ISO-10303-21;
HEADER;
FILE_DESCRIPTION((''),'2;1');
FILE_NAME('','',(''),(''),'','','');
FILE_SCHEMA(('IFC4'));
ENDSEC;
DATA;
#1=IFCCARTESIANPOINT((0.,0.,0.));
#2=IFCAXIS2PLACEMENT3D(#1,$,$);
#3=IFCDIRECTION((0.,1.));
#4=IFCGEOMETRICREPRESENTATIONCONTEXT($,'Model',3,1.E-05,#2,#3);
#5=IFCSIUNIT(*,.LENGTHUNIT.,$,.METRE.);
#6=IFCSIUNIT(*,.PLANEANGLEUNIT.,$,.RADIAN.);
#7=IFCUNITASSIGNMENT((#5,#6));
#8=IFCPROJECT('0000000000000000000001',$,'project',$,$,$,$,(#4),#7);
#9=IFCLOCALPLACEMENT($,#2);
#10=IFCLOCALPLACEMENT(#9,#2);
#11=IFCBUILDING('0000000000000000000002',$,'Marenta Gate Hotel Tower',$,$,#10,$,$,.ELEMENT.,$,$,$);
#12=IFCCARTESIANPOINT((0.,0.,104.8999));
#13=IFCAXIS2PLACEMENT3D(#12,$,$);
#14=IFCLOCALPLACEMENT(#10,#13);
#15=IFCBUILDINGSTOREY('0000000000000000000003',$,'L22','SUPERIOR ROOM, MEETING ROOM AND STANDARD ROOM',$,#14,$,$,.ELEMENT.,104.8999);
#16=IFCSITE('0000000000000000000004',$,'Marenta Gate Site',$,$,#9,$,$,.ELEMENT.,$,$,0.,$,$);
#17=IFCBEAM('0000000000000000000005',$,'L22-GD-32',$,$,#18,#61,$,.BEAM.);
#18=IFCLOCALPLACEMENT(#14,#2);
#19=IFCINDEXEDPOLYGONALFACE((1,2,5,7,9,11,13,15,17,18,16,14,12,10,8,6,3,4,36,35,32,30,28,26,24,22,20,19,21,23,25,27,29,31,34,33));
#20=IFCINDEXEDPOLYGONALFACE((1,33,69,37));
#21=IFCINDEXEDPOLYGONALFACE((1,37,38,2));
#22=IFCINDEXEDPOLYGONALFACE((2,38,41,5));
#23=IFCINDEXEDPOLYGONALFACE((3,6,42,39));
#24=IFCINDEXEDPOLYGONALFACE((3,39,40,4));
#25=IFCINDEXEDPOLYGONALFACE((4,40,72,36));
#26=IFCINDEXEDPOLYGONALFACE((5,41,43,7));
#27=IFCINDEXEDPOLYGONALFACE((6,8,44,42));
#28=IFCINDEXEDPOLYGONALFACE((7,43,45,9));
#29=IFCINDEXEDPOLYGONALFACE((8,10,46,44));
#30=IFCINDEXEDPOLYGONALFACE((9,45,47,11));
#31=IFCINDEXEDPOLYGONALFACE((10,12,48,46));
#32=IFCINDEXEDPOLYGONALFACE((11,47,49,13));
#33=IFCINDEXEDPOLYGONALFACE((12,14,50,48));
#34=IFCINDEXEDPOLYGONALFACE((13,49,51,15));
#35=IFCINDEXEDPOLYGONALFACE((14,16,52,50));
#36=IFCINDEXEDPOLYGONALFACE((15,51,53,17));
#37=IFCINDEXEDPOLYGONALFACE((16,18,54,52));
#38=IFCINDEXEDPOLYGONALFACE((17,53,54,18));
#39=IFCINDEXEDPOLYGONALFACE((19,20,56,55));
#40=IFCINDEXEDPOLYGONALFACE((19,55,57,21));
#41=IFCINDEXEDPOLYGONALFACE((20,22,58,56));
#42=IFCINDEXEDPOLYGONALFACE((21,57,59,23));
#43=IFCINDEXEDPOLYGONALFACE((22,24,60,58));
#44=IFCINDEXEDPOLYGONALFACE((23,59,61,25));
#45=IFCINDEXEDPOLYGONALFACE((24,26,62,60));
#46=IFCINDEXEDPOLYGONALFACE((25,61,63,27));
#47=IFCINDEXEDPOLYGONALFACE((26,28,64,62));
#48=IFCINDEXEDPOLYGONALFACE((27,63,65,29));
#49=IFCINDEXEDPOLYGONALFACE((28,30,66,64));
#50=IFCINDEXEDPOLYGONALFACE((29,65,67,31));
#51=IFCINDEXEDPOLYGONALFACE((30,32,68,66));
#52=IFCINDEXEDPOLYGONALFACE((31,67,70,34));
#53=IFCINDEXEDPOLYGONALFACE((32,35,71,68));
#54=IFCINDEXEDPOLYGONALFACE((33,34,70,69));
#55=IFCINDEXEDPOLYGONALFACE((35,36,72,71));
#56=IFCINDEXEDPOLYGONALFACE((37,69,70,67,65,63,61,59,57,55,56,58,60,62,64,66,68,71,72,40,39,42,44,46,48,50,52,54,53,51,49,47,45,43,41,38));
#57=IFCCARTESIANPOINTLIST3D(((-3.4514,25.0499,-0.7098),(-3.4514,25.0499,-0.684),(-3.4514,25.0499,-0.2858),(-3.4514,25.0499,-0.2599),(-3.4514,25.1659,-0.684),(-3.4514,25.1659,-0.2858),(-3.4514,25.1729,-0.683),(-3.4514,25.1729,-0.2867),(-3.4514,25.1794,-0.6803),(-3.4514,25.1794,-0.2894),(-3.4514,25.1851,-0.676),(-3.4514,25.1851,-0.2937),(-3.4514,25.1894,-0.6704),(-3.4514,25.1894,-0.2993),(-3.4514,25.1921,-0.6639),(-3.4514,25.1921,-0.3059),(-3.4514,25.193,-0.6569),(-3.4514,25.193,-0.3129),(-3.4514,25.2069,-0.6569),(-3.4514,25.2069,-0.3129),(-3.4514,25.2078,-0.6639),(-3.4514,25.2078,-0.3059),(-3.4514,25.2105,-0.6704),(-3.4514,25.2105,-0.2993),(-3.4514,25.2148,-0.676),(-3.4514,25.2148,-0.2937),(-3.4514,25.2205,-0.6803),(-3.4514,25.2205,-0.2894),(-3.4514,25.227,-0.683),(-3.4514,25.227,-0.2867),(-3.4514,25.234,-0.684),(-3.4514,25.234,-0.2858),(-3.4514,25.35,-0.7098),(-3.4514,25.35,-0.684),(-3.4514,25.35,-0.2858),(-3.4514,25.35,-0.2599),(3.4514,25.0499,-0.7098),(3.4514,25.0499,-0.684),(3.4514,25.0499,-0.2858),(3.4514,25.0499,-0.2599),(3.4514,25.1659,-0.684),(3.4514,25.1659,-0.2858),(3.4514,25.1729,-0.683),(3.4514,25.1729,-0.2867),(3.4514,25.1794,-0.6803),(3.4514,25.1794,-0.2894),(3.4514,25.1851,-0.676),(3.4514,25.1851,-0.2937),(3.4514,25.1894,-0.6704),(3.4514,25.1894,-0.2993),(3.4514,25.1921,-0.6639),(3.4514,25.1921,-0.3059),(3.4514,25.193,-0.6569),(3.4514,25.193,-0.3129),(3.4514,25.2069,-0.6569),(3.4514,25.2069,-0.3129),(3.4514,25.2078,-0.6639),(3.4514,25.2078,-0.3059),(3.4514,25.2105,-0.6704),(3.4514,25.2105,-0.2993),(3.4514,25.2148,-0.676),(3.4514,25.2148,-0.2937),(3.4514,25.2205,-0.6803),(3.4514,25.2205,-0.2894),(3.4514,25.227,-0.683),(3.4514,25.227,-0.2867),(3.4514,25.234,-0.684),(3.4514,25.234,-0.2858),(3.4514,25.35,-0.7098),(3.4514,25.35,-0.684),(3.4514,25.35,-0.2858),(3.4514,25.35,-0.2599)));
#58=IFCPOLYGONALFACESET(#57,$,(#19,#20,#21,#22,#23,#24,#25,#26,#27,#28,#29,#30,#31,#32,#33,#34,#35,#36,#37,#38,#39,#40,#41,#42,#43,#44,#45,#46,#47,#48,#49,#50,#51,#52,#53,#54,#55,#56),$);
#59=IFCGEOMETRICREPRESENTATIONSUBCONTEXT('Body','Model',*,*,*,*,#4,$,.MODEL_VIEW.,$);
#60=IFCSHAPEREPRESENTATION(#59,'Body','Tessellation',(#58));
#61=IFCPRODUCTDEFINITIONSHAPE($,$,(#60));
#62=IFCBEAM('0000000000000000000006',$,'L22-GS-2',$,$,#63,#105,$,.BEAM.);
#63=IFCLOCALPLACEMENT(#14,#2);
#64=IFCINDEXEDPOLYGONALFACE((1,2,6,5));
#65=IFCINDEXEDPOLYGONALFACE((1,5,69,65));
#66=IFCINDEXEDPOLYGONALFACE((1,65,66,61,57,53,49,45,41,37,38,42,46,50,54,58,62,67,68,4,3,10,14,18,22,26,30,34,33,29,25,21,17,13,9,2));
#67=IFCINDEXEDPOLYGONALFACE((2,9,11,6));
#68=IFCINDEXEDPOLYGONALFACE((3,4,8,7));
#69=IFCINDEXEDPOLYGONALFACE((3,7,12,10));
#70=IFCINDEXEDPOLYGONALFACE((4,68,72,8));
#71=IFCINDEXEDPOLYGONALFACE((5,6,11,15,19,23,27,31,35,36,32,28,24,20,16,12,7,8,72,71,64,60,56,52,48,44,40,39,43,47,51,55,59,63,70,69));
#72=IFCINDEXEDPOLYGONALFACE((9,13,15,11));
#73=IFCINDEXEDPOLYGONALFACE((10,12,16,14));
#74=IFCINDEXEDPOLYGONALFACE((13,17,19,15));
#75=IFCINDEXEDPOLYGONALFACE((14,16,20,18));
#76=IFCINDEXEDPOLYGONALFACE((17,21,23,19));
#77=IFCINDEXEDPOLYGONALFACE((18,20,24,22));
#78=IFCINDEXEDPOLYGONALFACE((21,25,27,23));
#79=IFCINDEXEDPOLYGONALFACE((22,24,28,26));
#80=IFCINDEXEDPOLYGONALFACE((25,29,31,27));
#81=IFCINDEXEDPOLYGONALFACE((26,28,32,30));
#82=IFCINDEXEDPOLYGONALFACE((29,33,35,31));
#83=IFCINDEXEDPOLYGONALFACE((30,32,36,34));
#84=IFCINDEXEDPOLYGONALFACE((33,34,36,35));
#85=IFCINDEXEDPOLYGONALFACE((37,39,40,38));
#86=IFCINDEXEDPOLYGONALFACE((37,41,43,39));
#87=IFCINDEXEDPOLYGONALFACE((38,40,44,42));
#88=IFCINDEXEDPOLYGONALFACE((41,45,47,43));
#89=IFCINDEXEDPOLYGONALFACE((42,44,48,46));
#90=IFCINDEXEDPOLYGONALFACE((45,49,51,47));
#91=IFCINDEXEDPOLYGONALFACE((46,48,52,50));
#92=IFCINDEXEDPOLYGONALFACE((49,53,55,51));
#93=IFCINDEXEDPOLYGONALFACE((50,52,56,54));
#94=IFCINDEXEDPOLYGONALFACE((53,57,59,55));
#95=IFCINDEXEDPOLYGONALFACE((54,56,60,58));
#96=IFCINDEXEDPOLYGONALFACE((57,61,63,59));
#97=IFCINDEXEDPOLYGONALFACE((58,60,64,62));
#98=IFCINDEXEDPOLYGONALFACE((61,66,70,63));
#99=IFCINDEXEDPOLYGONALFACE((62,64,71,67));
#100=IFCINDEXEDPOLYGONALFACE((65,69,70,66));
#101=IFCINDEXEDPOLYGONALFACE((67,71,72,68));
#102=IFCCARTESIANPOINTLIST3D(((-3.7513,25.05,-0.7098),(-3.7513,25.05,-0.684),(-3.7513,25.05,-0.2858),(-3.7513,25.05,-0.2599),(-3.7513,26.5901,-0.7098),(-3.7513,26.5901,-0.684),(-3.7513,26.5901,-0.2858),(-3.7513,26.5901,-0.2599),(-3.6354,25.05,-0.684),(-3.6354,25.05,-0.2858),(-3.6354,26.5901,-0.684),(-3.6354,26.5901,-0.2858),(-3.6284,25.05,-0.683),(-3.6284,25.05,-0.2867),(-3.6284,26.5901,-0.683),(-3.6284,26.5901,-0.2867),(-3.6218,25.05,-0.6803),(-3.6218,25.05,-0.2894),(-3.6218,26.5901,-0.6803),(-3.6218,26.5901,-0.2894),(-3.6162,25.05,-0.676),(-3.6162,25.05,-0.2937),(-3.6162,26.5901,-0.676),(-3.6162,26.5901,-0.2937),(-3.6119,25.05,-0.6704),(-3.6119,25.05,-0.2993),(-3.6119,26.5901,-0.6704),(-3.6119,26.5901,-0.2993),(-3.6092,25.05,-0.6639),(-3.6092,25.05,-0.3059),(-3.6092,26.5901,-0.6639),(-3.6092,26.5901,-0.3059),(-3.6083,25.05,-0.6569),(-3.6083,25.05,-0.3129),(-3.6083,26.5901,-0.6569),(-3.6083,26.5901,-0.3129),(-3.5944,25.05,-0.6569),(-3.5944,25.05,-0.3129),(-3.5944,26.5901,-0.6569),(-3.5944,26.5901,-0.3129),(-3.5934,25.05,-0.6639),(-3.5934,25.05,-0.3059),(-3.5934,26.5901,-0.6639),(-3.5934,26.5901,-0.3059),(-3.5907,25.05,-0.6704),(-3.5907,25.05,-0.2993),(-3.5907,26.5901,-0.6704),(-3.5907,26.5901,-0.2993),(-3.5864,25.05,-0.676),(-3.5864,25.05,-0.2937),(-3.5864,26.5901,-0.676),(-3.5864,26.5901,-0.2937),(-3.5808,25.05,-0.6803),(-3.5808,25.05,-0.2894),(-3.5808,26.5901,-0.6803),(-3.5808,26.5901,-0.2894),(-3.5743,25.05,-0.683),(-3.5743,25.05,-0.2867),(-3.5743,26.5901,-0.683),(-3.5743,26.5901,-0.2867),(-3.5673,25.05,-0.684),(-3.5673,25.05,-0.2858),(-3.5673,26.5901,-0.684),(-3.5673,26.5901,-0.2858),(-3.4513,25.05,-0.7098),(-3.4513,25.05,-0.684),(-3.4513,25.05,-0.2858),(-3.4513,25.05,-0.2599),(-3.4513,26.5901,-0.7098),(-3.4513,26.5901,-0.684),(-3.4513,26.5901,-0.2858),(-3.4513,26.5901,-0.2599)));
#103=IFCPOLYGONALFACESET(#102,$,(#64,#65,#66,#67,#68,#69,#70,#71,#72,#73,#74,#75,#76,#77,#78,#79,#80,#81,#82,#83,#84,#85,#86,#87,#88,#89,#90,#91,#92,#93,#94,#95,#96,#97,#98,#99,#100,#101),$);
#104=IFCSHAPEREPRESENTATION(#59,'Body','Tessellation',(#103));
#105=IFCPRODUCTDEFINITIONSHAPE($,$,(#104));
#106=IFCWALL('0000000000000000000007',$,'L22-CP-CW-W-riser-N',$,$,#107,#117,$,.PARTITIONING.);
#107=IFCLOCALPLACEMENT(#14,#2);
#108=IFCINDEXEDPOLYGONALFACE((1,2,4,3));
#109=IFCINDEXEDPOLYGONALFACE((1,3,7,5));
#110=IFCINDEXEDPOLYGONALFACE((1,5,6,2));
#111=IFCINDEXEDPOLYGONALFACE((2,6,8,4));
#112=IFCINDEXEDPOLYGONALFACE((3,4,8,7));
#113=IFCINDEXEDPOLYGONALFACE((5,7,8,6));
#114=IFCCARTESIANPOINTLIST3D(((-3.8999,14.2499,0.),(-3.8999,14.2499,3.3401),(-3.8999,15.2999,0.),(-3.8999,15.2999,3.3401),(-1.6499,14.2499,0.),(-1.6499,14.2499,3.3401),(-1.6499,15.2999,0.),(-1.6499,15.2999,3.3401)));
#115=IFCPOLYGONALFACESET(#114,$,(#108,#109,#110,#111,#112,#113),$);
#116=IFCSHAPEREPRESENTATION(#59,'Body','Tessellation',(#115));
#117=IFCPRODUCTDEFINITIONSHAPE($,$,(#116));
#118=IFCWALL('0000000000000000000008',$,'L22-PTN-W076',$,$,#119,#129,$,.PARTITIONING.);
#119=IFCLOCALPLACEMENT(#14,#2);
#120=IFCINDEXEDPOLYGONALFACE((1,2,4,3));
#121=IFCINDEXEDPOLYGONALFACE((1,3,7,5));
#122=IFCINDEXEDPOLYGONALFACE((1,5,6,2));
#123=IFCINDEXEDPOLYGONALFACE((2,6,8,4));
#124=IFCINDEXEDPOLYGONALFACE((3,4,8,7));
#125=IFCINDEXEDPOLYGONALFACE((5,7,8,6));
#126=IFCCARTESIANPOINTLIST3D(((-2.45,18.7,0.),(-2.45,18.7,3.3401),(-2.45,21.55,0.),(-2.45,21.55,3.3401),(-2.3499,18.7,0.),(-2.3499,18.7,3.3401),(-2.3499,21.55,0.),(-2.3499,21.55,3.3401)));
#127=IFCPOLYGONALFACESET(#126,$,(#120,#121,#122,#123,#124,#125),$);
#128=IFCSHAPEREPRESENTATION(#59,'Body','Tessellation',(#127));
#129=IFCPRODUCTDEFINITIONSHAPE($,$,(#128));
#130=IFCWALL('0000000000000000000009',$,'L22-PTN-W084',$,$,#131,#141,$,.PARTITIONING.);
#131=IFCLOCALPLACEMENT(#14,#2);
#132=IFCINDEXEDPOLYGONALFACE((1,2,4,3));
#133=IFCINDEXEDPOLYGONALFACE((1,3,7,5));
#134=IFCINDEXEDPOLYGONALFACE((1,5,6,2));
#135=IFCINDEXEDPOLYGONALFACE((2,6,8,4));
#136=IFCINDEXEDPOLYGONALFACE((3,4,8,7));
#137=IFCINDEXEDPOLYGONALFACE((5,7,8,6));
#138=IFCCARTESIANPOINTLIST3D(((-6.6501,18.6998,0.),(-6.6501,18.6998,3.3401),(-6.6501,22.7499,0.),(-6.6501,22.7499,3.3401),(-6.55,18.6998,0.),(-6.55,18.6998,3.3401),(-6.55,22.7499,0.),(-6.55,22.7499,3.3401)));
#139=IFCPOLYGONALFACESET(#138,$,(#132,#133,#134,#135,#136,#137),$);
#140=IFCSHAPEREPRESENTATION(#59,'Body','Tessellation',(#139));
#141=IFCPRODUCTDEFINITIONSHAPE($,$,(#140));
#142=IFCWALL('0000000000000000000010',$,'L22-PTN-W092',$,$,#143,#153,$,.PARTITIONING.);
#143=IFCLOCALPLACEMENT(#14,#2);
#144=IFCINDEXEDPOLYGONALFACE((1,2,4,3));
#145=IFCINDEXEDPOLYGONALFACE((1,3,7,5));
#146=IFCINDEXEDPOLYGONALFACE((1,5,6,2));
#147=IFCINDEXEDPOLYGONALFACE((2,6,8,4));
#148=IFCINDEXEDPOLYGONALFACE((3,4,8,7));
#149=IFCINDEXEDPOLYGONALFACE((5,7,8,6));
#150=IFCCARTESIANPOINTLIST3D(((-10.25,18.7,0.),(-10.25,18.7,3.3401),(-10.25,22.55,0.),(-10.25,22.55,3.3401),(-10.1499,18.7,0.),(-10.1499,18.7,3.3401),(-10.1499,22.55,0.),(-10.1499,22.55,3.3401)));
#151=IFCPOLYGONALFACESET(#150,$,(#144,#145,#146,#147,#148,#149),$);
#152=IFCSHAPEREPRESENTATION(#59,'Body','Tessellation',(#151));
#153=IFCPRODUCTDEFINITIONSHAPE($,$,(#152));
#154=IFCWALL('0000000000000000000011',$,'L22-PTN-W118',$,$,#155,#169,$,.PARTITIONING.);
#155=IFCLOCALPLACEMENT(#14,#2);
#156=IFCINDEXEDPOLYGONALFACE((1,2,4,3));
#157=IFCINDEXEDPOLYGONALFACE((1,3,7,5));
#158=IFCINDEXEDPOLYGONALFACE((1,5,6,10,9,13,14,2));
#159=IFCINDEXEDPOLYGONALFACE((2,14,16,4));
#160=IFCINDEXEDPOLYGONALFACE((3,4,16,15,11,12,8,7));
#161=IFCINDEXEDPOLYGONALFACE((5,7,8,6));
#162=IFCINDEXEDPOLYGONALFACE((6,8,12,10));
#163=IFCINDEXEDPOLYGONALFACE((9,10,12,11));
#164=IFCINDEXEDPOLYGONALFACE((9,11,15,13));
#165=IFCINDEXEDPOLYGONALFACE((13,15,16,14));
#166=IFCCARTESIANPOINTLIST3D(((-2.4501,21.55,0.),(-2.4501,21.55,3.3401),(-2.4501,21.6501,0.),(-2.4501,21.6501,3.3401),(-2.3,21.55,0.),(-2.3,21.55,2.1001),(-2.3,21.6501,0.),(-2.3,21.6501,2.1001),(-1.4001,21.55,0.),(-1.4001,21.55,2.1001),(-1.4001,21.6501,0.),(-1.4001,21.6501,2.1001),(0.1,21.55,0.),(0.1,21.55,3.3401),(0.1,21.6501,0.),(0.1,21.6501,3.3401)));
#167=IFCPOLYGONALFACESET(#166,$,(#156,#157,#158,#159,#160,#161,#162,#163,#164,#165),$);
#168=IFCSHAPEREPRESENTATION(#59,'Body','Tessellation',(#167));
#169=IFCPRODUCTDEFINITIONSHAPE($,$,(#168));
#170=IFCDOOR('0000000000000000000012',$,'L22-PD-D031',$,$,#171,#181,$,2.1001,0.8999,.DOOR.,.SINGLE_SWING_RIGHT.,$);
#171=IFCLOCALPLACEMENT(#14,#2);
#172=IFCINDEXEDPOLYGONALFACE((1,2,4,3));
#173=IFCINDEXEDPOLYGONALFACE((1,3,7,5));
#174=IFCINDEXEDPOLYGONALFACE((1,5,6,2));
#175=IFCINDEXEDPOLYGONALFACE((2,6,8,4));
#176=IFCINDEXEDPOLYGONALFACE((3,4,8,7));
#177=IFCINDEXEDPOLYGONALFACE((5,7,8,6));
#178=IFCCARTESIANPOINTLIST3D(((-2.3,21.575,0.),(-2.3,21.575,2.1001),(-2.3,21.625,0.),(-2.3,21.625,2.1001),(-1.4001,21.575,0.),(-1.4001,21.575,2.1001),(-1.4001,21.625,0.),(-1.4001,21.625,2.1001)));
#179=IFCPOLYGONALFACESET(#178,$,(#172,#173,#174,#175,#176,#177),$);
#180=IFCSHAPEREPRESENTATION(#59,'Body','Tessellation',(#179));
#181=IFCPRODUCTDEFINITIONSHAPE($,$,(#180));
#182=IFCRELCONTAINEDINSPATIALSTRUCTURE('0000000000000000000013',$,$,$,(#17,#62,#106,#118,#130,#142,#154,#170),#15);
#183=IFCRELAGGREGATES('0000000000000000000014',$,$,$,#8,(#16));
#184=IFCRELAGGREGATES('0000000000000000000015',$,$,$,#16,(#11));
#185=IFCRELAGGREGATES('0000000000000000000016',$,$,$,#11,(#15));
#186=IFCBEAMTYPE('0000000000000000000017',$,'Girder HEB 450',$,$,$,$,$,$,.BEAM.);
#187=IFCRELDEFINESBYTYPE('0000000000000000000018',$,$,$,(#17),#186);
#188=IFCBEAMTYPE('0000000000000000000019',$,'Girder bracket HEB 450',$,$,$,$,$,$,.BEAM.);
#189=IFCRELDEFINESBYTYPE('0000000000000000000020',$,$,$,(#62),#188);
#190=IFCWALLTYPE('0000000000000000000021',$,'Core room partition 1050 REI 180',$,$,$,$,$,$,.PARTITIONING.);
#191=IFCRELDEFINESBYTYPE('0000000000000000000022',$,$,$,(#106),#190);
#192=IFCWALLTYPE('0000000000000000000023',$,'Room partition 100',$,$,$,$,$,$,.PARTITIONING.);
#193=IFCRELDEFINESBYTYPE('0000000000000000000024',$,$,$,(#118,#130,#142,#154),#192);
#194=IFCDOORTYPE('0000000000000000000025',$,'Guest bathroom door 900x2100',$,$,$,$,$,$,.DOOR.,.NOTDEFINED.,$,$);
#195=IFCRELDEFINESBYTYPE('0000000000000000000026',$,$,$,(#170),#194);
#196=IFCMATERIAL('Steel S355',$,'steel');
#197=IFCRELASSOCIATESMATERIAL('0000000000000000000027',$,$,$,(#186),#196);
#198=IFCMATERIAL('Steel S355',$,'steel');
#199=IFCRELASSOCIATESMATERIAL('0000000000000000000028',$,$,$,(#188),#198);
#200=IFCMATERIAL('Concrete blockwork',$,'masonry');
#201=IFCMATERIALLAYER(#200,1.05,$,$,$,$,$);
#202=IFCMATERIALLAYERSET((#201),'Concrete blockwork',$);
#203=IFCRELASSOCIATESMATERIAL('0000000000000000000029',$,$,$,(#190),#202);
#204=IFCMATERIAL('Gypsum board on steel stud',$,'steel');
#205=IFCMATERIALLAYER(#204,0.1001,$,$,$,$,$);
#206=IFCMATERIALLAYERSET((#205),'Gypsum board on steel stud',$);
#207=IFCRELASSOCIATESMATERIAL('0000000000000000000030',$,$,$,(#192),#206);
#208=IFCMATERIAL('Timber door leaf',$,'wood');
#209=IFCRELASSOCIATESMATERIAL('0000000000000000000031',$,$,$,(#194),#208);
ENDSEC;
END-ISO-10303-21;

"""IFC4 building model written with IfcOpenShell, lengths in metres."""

from ifc_helpers import new_model, si_unit, direction, frame, frame_2d, origin, origin_2d, place, context, subcontext, project, spatial, rectangle, i_section, extrude, material, layer, layer_set, material_profile, profile_set, type_object, element, fill, save


model = new_model("IFC4")

# Units and contexts
model_context = context("Model", 3, precision=1e-05, world=origin(), true_north=direction((0.0, 1.0)))
body_context = subcontext(model_context, "Body", "Model", "MODEL_VIEW")
ifc_project = project(units=[si_unit("LENGTHUNIT", "METRE"), si_unit("PLANEANGLEUNIT", "RADIAN")], contexts=[model_context])

# Site, building, storey
site_placement = place(None, origin())
site = spatial("IfcSite", under=ifc_project, at=site_placement, Name="Marenta Gate Site", CompositionType="ELEMENT", RefElevation=0.0)
building_placement = place(site_placement, origin())
building = spatial("IfcBuilding", under=site, at=building_placement, Name="Marenta Gate Hotel Tower", CompositionType="ELEMENT")
storey_placement = place(building_placement, frame((0.0, 0.0, 104.8999)))
storey = spatial("IfcBuildingStorey", under=building, at=storey_placement, Name="L22", Description="SUPERIOR ROOM, MEETING ROOM AND STANDARD ROOM", CompositionType="ELEMENT", Elevation=104.8999)

# Beams
ifc_material_1 = material(Name="Steel S355", Category="steel")
ifc_material_profile_1 = material_profile(ifc_material_1, i_section(OverallWidth=0.3, OverallDepth=0.45, WebThickness=0.0139, FlangeThickness=0.0259, FilletRadius=0.0271, at=origin_2d()), Name="HEB 450")
ifc_profile_set_1 = profile_set([ifc_material_profile_1], Name="Steel S355")
beam_type_1 = type_object("IfcBeamType", Name="Girder HEB 450", PredefinedType="BEAM", material=ifc_profile_set_1)
beam_1_placement = place(storey_placement, frame((-3.4514, 25.2, -0.4849), z_axis=(1.0, 0.0, 0.0), x_axis=(0.0, 1.0, 0.0)))
element("IfcBeam", 1, at=beam_1_placement, inside=storey, type_object=beam_type_1, Name="L22-GD-32", PredefinedType="BEAM", context=body_context, shape_type="SweptSolid", body=[
    extrude(i_section(OverallWidth=0.3, OverallDepth=0.45, WebThickness=0.0139, FlangeThickness=0.0259, FilletRadius=0.0271, at=origin_2d()), origin(), (0.0, 0.0, 1.0), 6.9028),
])
ifc_material_2 = material(Name="Steel S355", Category="steel")
ifc_material_profile_2 = material_profile(ifc_material_2, i_section(OverallWidth=0.3, OverallDepth=0.45, WebThickness=0.0139, FlangeThickness=0.0259, FilletRadius=0.0271, at=origin_2d()), Name="HEB 450")
ifc_profile_set_2 = profile_set([ifc_material_profile_2], Name="Steel S355")
beam_type_2 = type_object("IfcBeamType", Name="Girder bracket HEB 450", PredefinedType="BEAM", material=ifc_profile_set_2)
beam_2_placement = place(storey_placement, frame((-3.6013, 25.05, -0.4849), z_axis=(0.0, 1.0, 0.0), x_axis=(-1.0, 0.0, 0.0)))
element("IfcBeam", 2, at=beam_2_placement, inside=storey, type_object=beam_type_2, Name="L22-GS-2", PredefinedType="BEAM", context=body_context, shape_type="SweptSolid", body=[
    extrude(i_section(OverallWidth=0.3, OverallDepth=0.45, WebThickness=0.0139, FlangeThickness=0.0259, FilletRadius=0.0271, at=origin_2d()), origin(), (0.0, 0.0, 1.0), 1.54),
])

# Walls
ifc_material_3 = material(Name="Concrete blockwork", Category="masonry")
ifc_layer_1 = layer(ifc_material_3, 1.05)
ifc_layer_set_1 = layer_set([ifc_layer_1], Name="Concrete blockwork")
wall_type_1 = type_object("IfcWallType", Name="Core room partition 1050 REI 180", PredefinedType="PARTITIONING", material=ifc_layer_set_1)
wall_1_placement = place(storey_placement, frame((-3.8999, 14.7749, 0.0), z_axis=(0.0, 0.0, 1.0), x_axis=(1.0, 0.0, 0.0)))
element("IfcWall", 3, at=wall_1_placement, inside=storey, type_object=wall_type_1, Name="L22-CP-CW-W-riser-N", PredefinedType="PARTITIONING", context=body_context, shape_type="SweptSolid", body=[
    extrude(rectangle(XDim=2.25, YDim=1.05, at=frame_2d((1.125, 0.0))), origin(), (0.0, 0.0, 1.0), 3.3401),
])
ifc_material_4 = material(Name="Gypsum board on steel stud", Category="steel")
ifc_layer_2 = layer(ifc_material_4, 0.1001)
ifc_layer_set_2 = layer_set([ifc_layer_2], Name="Gypsum board on steel stud")
wall_type_2 = type_object("IfcWallType", Name="Room partition 100", PredefinedType="PARTITIONING", material=ifc_layer_set_2)
wall_2_placement = place(storey_placement, frame((-2.3999, 18.7, 0.0), z_axis=(0.0, 0.0, 1.0), x_axis=(0.0, 1.0, 0.0)))
element("IfcWall", 4, at=wall_2_placement, inside=storey, type_object=wall_type_2, Name="L22-PTN-W076", PredefinedType="PARTITIONING", context=body_context, shape_type="SweptSolid", body=[
    extrude(rectangle(XDim=2.8501, YDim=0.1001, at=frame_2d((1.425, 0.0))), origin(), (0.0, 0.0, 1.0), 3.3401),
])
wall_3_placement = place(storey_placement, frame((-6.6001, 18.7, 0.0), z_axis=(0.0, 0.0, 1.0), x_axis=(0.0, 1.0, 0.0)))
element("IfcWall", 5, at=wall_3_placement, inside=storey, type_object=wall_type_2, Name="L22-PTN-W084", PredefinedType="PARTITIONING", context=body_context, shape_type="SweptSolid", body=[
    extrude(rectangle(XDim=4.05, YDim=0.1001, at=frame_2d((2.0249, 0.0))), origin(), (0.0, 0.0, 1.0), 3.3401),
])
wall_4_placement = place(storey_placement, frame((-10.2, 18.7, 0.0), z_axis=(0.0, 0.0, 1.0), x_axis=(0.0, 1.0, 0.0)))
element("IfcWall", 6, at=wall_4_placement, inside=storey, type_object=wall_type_2, Name="L22-PTN-W092", PredefinedType="PARTITIONING", context=body_context, shape_type="SweptSolid", body=[
    extrude(rectangle(XDim=3.8501, YDim=0.1001, at=frame_2d((1.925, 0.0))), origin(), (0.0, 0.0, 1.0), 3.3401),
])

# Wall, opening, door
wall_5_placement = place(storey_placement, frame((-2.45, 21.6001, 0.0), z_axis=(0.0, 0.0, 1.0), x_axis=(1.0, 0.0, 0.0)))
wall_5 = element("IfcWall", 7, at=wall_5_placement, inside=storey, type_object=wall_type_2, Name="L22-PTN-W118", PredefinedType="PARTITIONING", context=body_context, shape_type="SweptSolid", body=[
    extrude(rectangle(XDim=2.55, YDim=0.1001, at=frame_2d((1.2749, 0.0))), origin(), (0.0, 0.0, 1.0), 3.3401),
])
opening_1_placement = place(wall_5_placement, frame((0.1499, 0.0, 0.0)))
opening_1 = element("IfcOpeningElement", 8, at=opening_1_placement, cuts=wall_5, PredefinedType="OPENING", context=body_context, shape_type="SweptSolid", body=[
    extrude(rectangle(XDim=0.8999, YDim=2.1001, at=frame_2d((0.45, 1.05))), frame((0.0, 0.05, 0.0), z_axis=(0.0, -1.0, 0.0), x_axis=(1.0, 0.0, 0.0)), (0.0, 0.0, 1.0), 0.1001),
])
ifc_material_5 = material(Name="Timber door leaf", Category="wood")
door_type_1 = type_object("IfcDoorType", Name="Guest bathroom door 900x2100", OperationType="NOTDEFINED", PredefinedType="DOOR", material=ifc_material_5)
door_1_placement = place(opening_1_placement, origin())
door_1 = element("IfcDoor", 9, at=door_1_placement, inside=storey, type_object=door_type_1, Name="L22-PD-D031", OperationType="SINGLE_SWING_RIGHT", OverallHeight=2.1001, OverallWidth=0.8999, PredefinedType="DOOR", context=body_context, shape_type="SweptSolid", body=[
    extrude(rectangle(XDim=0.8999, YDim=2.1001, at=frame_2d((0.45, 1.05))), frame((0.0, 0.0249, 0.0), z_axis=(0.0, -1.0, 0.0), x_axis=(1.0, 0.0, 0.0)), (0.0, 0.0, 1.0), 0.05),
])
fill(opening_1, door_1)

save(model, "model.ifc")
